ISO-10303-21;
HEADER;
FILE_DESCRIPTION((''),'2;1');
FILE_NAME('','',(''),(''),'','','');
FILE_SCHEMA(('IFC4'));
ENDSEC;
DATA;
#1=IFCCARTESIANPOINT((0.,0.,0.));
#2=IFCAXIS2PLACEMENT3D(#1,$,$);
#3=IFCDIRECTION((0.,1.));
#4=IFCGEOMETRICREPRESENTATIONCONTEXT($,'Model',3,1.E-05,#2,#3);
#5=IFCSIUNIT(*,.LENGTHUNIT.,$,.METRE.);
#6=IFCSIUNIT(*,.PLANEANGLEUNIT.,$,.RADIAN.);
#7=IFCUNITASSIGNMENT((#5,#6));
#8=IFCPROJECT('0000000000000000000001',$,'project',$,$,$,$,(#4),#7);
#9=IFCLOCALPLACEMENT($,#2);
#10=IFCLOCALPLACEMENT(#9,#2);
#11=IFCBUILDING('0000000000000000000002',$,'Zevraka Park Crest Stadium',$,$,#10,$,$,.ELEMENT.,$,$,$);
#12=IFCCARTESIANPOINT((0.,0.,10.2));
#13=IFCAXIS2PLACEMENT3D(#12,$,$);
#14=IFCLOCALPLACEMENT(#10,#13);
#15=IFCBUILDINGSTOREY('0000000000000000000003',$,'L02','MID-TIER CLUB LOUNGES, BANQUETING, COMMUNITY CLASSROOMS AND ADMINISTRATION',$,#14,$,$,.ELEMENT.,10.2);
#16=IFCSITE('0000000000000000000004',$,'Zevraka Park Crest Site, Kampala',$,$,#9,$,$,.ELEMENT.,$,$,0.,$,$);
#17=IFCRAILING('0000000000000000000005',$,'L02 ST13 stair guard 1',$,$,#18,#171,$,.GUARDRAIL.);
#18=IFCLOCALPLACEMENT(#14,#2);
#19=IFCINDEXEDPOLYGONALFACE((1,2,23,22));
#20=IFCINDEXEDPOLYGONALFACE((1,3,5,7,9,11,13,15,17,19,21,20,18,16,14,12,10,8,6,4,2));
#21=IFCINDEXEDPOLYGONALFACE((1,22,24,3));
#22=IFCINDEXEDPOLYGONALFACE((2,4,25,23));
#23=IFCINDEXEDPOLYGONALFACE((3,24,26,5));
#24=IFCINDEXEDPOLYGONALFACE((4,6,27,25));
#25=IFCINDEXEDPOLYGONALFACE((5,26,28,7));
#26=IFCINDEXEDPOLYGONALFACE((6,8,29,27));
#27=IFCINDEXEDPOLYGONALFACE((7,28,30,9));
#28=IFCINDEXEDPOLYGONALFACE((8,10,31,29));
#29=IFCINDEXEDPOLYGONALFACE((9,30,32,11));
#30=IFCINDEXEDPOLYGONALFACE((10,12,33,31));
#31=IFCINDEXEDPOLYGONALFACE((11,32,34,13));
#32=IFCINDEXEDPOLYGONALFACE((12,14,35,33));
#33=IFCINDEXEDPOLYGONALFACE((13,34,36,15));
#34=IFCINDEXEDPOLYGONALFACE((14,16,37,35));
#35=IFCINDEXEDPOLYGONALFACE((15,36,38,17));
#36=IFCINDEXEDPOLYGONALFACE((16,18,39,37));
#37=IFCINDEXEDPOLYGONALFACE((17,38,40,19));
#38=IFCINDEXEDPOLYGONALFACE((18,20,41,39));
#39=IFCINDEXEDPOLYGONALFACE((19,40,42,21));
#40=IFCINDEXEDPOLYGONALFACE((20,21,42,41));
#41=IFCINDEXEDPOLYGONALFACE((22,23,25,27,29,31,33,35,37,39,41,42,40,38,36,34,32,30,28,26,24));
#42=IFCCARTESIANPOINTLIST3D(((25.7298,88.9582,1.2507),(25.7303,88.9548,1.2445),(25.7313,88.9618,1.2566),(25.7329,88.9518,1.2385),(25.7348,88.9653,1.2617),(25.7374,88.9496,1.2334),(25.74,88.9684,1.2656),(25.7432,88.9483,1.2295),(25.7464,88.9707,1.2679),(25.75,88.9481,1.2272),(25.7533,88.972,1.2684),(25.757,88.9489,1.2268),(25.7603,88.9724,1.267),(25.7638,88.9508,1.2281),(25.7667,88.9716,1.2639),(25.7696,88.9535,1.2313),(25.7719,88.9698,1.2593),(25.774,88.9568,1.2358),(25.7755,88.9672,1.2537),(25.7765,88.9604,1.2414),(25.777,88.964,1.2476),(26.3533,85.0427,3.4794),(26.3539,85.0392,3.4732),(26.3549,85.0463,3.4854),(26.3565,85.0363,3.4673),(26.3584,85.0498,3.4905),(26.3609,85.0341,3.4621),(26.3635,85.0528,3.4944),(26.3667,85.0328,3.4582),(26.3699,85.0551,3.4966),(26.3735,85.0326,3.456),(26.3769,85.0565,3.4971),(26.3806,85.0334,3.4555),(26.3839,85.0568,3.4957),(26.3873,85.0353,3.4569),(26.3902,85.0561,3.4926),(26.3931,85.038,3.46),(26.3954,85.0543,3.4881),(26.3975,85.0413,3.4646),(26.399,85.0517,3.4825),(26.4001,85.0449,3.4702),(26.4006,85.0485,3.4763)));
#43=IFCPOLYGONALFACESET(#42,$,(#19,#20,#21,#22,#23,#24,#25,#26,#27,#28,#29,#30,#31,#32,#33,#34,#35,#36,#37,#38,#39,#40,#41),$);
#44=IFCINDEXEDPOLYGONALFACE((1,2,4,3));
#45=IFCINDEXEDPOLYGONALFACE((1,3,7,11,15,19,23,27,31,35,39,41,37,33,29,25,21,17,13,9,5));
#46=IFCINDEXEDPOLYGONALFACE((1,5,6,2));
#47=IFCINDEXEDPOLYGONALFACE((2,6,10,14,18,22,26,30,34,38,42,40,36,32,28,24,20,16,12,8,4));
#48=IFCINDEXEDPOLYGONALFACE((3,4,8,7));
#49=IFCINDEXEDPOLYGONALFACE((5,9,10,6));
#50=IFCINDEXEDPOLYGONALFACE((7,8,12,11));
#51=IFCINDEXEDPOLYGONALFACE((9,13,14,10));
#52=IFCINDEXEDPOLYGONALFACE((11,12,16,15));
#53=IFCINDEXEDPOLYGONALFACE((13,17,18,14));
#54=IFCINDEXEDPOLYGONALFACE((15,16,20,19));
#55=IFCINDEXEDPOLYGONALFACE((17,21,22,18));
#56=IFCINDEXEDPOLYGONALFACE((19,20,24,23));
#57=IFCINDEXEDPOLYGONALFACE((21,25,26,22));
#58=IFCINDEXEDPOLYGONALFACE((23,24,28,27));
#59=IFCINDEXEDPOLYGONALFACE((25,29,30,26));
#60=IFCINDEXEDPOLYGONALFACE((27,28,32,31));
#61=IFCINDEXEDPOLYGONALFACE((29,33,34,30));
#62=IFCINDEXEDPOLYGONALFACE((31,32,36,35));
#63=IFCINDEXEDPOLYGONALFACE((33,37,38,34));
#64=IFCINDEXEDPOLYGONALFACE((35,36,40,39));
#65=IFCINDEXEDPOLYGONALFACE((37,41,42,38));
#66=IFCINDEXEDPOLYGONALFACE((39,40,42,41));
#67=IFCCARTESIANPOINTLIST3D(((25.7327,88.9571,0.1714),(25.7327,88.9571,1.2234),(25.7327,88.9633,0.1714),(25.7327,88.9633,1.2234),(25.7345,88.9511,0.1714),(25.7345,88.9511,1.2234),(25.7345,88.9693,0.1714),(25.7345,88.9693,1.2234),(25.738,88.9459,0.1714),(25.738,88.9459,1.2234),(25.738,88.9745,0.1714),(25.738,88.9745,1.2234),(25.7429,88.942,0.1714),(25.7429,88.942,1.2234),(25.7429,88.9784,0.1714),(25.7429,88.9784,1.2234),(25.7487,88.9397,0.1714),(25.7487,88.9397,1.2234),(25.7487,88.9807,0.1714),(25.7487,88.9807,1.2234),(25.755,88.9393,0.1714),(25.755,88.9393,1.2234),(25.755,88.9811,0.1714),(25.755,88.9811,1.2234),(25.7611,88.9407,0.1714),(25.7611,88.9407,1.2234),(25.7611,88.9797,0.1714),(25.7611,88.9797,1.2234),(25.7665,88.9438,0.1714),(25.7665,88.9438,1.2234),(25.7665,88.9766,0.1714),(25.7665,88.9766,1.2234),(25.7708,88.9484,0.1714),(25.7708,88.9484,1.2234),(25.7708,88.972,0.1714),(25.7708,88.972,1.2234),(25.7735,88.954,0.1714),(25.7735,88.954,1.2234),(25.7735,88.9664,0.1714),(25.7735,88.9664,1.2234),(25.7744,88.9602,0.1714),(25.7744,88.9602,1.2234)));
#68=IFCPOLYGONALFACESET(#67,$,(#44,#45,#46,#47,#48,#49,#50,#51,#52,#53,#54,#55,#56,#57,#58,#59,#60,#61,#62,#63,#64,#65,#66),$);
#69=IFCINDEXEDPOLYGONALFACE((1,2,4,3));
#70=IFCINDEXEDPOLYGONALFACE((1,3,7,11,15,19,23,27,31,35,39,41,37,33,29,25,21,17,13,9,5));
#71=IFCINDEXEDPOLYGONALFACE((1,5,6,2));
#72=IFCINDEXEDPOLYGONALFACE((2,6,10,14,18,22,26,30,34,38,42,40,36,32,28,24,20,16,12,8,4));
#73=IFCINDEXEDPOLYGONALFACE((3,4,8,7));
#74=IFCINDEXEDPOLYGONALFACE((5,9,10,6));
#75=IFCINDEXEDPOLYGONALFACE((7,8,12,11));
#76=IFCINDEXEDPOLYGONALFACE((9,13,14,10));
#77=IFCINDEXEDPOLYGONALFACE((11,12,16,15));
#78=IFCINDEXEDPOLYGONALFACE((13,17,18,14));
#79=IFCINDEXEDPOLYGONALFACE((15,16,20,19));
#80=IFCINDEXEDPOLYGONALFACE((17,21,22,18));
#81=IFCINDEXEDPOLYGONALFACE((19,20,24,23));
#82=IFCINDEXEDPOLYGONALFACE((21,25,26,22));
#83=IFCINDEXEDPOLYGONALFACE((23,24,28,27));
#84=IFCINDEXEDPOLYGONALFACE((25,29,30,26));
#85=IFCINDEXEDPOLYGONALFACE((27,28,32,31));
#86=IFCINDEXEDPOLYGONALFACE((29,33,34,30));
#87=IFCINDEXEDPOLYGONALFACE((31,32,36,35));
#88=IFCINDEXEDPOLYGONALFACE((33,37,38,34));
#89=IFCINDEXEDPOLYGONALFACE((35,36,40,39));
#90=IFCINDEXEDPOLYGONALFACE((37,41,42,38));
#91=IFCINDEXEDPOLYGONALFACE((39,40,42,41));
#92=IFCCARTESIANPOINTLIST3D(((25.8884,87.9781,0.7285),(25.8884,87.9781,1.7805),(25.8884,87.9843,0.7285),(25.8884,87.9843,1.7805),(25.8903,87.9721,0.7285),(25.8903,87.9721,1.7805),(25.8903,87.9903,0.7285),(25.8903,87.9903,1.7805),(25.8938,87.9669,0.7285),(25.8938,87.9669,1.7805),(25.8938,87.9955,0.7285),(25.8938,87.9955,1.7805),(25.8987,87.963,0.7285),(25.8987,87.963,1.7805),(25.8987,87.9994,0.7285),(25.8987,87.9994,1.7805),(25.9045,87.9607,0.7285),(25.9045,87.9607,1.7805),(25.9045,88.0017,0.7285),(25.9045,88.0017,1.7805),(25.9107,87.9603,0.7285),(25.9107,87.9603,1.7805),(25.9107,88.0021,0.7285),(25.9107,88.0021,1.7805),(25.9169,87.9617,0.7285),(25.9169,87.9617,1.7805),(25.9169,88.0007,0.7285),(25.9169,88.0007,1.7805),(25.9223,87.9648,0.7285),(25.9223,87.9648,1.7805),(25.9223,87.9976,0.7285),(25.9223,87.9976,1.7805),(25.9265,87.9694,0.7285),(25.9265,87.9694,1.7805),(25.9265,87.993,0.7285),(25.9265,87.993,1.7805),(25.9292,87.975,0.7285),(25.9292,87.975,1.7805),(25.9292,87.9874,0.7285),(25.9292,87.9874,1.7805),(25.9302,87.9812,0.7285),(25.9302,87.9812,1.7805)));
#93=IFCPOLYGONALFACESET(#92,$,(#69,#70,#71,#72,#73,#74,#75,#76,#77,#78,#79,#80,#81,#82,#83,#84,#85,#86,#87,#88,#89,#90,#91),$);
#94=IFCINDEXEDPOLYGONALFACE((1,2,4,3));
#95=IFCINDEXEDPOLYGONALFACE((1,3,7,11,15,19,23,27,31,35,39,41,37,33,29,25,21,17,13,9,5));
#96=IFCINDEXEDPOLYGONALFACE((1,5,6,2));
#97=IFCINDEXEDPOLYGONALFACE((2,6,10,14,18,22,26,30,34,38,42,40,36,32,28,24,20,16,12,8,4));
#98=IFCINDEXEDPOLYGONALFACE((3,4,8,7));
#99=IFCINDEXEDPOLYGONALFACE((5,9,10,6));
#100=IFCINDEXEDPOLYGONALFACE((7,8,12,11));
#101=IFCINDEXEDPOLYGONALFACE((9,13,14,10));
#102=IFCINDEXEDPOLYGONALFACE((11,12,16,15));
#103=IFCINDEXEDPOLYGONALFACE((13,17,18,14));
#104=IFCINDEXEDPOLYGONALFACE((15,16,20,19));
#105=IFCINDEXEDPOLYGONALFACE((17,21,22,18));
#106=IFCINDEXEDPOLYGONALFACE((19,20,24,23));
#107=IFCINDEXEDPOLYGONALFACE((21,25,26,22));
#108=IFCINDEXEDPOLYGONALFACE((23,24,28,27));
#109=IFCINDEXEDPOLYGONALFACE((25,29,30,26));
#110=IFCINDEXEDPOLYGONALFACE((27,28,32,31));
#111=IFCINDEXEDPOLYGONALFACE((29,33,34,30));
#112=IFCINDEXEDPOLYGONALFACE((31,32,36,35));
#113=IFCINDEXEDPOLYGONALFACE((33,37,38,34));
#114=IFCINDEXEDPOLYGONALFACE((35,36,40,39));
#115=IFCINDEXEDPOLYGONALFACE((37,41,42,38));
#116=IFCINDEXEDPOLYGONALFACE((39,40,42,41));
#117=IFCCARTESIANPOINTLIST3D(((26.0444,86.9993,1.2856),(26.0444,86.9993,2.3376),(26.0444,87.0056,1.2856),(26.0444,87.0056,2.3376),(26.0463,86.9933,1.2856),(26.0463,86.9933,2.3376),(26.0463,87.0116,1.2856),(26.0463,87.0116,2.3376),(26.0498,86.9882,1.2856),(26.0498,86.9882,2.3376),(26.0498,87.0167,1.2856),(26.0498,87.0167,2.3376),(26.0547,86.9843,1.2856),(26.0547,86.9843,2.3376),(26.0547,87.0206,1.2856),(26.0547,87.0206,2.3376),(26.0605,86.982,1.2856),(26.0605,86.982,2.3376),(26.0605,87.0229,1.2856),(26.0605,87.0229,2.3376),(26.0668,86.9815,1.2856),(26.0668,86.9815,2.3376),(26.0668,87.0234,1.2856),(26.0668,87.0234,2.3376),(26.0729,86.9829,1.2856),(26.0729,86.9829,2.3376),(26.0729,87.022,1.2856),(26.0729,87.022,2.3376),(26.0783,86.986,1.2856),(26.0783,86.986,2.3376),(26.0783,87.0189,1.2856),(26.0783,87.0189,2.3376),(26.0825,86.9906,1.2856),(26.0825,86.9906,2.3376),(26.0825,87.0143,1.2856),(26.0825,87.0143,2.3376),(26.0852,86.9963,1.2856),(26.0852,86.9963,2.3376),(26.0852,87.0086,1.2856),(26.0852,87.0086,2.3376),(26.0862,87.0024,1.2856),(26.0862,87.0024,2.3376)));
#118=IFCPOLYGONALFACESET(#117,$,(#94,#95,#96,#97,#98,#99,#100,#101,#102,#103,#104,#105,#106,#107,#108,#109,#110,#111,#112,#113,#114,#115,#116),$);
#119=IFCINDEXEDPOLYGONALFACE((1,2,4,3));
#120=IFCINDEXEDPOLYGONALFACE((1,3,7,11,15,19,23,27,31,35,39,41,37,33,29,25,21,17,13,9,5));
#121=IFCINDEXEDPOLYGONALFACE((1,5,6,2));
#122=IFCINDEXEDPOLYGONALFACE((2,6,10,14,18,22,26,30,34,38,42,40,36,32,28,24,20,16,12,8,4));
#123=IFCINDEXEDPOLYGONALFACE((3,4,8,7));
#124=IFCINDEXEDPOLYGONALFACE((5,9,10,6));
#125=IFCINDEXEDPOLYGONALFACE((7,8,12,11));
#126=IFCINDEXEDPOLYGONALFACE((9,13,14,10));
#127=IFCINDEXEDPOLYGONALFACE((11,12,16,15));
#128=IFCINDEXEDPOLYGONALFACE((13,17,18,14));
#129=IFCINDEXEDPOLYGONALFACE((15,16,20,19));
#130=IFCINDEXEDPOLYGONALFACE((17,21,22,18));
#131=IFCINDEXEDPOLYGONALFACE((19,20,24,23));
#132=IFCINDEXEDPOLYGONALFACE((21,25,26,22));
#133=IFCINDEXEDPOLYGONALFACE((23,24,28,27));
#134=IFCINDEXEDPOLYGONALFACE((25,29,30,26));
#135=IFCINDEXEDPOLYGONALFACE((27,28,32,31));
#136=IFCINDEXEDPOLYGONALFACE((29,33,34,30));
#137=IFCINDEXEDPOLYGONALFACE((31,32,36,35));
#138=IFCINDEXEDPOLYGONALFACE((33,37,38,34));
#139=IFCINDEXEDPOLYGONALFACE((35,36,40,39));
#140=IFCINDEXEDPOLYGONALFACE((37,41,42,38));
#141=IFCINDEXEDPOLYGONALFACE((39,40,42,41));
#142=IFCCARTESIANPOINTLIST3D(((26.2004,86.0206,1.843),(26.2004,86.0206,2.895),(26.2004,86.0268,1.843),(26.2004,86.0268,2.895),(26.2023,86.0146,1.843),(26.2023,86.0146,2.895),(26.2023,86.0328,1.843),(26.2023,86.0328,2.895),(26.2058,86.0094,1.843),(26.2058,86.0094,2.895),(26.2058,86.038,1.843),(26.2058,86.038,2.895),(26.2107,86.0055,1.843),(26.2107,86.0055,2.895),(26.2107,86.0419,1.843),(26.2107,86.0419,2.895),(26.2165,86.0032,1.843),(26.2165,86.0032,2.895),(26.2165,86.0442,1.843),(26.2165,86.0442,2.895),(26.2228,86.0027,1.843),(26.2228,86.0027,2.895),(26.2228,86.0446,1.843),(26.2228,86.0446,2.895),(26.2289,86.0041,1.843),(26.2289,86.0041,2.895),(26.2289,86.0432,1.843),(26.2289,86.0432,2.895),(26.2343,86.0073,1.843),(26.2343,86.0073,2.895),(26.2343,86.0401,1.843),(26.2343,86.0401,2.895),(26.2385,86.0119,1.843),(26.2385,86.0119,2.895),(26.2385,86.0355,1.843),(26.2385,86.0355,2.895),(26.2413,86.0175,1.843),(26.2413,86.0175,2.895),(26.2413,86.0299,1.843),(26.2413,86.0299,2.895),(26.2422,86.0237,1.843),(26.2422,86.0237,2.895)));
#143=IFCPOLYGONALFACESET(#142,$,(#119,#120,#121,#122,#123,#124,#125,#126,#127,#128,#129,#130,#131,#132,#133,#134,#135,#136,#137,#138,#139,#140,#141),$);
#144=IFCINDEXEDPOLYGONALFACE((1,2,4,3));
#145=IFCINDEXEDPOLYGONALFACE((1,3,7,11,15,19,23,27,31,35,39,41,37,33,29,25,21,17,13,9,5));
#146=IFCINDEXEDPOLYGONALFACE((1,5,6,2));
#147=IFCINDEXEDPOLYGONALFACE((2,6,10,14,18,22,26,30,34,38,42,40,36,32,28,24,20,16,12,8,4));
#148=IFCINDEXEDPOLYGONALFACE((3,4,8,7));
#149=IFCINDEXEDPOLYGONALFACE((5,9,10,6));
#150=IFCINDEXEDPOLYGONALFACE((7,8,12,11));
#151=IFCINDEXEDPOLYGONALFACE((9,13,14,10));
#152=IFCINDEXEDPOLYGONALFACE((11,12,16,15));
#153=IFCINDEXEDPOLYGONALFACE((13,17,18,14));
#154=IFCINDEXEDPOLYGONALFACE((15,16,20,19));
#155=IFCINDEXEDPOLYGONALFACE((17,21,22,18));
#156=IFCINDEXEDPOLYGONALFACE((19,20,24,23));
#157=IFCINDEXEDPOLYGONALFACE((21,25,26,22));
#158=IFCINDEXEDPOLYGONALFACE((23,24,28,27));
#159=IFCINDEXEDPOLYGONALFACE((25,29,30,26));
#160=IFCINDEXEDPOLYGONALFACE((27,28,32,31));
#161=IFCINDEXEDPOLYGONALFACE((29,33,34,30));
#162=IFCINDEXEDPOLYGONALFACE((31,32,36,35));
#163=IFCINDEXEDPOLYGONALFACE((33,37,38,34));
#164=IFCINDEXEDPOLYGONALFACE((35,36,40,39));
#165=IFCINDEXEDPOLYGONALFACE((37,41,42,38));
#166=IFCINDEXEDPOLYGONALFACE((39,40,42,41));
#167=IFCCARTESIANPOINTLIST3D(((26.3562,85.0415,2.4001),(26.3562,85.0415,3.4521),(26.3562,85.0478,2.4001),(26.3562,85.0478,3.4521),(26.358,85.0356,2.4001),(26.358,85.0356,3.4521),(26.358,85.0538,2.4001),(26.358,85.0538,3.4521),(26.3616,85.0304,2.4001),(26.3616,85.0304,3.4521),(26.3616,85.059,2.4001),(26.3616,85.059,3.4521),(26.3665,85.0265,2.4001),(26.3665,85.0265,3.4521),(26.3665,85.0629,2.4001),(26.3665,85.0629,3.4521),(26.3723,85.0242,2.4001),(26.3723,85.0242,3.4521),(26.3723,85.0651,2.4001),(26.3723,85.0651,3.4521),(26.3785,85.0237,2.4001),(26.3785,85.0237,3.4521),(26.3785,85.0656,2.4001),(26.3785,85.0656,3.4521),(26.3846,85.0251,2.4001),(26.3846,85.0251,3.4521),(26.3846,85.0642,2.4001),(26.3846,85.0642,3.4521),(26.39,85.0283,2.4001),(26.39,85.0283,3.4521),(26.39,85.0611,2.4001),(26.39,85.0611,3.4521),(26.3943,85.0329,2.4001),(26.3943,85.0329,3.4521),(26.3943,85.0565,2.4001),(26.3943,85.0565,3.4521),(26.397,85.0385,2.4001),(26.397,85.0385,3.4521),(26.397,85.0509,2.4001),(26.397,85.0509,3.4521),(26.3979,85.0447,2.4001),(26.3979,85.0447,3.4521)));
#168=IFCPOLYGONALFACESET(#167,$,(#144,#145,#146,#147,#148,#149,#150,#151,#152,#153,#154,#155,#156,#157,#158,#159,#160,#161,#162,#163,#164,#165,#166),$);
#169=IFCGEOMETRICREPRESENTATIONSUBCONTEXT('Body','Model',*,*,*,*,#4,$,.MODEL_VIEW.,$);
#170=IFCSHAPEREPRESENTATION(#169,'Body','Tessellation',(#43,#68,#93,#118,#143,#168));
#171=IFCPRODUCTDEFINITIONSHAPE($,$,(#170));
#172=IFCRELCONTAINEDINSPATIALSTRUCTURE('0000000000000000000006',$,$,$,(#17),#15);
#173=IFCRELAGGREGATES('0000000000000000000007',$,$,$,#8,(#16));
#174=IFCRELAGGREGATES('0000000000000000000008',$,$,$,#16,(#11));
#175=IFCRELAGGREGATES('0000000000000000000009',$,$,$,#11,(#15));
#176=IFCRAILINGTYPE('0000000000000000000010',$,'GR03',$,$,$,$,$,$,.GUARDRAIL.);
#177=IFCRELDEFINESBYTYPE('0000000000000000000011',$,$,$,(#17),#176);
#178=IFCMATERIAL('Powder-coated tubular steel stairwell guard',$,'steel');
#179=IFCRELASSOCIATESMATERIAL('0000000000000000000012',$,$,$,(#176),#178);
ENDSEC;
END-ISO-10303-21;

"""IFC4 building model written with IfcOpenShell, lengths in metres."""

from ifc_helpers import new_model, si_unit, direction, frame, origin, origin_2d, place, context, subcontext, project, spatial, circle, extrude, material, type_object, element, save


model = new_model("IFC4")

# Units and contexts
model_context = context("Model", 3, precision=1e-05, world=origin(), true_north=direction((0.0, 1.0)))
body_context = subcontext(model_context, "Body", "Model", "MODEL_VIEW")
ifc_project = project(units=[si_unit("LENGTHUNIT", "METRE"), si_unit("PLANEANGLEUNIT", "RADIAN")], contexts=[model_context])

# Site, building, storey
site_placement = place(None, origin())
site = spatial("IfcSite", under=ifc_project, at=site_placement, Name="Zevraka Park Crest Site, Kampala", CompositionType="ELEMENT", RefElevation=0.0)
building_placement = place(site_placement, origin())
building = spatial("IfcBuilding", under=site, at=building_placement, Name="Zevraka Park Crest Stadium", CompositionType="ELEMENT")
storey_placement = place(building_placement, frame((0.0, 0.0, 10.2)))
storey = spatial("IfcBuildingStorey", under=building, at=storey_placement, Name="L02", Description="MID-TIER CLUB LOUNGES, BANQUETING, COMMUNITY CLASSROOMS AND ADMINISTRATION", CompositionType="ELEMENT", Elevation=10.2)

# Railing
ifc_material_1 = material(Name="Powder-coated tubular steel stairwell guard", Category="steel")
railing_type_1 = type_object("IfcRailingType", Name="GR03", PredefinedType="GUARDRAIL", material=ifc_material_1)
railing_1_placement = place(storey_placement, frame((25.7534, 88.9602, 0.1714)))
element("IfcRailing", 1, at=railing_1_placement, inside=storey, type_object=railing_type_1, Name="L02 ST13 stair guard 1", PredefinedType="GUARDRAIL", context=body_context, shape_type="SweptSolid", body=[
    extrude(circle(Radius=0.0239, at=origin_2d()), frame((0.0, 0.0, 1.0762), z_axis=(0.13709, -0.860867, 0.490015), x_axis=(0.987556, 0.157265, 0.0)), (0.0, 0.0, 1.0), 4.5483),
    extrude(circle(Radius=0.021, at=origin_2d()), origin(), (0.0, 0.0, 1.0), 1.052),
    extrude(circle(Radius=0.021, at=origin_2d()), frame((0.1558, -0.979, 0.5571)), (0.0, 0.0, 1.0), 1.052),
    extrude(circle(Radius=0.021, at=origin_2d()), frame((0.3118, -1.9578, 1.1143)), (0.0, 0.0, 1.0), 1.052),
    extrude(circle(Radius=0.021, at=origin_2d()), frame((0.4678, -2.9365, 1.6716)), (0.0, 0.0, 1.0), 1.052),
    extrude(circle(Radius=0.021, at=origin_2d()), frame((0.6235, -3.9155, 2.2288)), (0.0, 0.0, 1.0), 1.052),
])

save(model, "model.ifc")
